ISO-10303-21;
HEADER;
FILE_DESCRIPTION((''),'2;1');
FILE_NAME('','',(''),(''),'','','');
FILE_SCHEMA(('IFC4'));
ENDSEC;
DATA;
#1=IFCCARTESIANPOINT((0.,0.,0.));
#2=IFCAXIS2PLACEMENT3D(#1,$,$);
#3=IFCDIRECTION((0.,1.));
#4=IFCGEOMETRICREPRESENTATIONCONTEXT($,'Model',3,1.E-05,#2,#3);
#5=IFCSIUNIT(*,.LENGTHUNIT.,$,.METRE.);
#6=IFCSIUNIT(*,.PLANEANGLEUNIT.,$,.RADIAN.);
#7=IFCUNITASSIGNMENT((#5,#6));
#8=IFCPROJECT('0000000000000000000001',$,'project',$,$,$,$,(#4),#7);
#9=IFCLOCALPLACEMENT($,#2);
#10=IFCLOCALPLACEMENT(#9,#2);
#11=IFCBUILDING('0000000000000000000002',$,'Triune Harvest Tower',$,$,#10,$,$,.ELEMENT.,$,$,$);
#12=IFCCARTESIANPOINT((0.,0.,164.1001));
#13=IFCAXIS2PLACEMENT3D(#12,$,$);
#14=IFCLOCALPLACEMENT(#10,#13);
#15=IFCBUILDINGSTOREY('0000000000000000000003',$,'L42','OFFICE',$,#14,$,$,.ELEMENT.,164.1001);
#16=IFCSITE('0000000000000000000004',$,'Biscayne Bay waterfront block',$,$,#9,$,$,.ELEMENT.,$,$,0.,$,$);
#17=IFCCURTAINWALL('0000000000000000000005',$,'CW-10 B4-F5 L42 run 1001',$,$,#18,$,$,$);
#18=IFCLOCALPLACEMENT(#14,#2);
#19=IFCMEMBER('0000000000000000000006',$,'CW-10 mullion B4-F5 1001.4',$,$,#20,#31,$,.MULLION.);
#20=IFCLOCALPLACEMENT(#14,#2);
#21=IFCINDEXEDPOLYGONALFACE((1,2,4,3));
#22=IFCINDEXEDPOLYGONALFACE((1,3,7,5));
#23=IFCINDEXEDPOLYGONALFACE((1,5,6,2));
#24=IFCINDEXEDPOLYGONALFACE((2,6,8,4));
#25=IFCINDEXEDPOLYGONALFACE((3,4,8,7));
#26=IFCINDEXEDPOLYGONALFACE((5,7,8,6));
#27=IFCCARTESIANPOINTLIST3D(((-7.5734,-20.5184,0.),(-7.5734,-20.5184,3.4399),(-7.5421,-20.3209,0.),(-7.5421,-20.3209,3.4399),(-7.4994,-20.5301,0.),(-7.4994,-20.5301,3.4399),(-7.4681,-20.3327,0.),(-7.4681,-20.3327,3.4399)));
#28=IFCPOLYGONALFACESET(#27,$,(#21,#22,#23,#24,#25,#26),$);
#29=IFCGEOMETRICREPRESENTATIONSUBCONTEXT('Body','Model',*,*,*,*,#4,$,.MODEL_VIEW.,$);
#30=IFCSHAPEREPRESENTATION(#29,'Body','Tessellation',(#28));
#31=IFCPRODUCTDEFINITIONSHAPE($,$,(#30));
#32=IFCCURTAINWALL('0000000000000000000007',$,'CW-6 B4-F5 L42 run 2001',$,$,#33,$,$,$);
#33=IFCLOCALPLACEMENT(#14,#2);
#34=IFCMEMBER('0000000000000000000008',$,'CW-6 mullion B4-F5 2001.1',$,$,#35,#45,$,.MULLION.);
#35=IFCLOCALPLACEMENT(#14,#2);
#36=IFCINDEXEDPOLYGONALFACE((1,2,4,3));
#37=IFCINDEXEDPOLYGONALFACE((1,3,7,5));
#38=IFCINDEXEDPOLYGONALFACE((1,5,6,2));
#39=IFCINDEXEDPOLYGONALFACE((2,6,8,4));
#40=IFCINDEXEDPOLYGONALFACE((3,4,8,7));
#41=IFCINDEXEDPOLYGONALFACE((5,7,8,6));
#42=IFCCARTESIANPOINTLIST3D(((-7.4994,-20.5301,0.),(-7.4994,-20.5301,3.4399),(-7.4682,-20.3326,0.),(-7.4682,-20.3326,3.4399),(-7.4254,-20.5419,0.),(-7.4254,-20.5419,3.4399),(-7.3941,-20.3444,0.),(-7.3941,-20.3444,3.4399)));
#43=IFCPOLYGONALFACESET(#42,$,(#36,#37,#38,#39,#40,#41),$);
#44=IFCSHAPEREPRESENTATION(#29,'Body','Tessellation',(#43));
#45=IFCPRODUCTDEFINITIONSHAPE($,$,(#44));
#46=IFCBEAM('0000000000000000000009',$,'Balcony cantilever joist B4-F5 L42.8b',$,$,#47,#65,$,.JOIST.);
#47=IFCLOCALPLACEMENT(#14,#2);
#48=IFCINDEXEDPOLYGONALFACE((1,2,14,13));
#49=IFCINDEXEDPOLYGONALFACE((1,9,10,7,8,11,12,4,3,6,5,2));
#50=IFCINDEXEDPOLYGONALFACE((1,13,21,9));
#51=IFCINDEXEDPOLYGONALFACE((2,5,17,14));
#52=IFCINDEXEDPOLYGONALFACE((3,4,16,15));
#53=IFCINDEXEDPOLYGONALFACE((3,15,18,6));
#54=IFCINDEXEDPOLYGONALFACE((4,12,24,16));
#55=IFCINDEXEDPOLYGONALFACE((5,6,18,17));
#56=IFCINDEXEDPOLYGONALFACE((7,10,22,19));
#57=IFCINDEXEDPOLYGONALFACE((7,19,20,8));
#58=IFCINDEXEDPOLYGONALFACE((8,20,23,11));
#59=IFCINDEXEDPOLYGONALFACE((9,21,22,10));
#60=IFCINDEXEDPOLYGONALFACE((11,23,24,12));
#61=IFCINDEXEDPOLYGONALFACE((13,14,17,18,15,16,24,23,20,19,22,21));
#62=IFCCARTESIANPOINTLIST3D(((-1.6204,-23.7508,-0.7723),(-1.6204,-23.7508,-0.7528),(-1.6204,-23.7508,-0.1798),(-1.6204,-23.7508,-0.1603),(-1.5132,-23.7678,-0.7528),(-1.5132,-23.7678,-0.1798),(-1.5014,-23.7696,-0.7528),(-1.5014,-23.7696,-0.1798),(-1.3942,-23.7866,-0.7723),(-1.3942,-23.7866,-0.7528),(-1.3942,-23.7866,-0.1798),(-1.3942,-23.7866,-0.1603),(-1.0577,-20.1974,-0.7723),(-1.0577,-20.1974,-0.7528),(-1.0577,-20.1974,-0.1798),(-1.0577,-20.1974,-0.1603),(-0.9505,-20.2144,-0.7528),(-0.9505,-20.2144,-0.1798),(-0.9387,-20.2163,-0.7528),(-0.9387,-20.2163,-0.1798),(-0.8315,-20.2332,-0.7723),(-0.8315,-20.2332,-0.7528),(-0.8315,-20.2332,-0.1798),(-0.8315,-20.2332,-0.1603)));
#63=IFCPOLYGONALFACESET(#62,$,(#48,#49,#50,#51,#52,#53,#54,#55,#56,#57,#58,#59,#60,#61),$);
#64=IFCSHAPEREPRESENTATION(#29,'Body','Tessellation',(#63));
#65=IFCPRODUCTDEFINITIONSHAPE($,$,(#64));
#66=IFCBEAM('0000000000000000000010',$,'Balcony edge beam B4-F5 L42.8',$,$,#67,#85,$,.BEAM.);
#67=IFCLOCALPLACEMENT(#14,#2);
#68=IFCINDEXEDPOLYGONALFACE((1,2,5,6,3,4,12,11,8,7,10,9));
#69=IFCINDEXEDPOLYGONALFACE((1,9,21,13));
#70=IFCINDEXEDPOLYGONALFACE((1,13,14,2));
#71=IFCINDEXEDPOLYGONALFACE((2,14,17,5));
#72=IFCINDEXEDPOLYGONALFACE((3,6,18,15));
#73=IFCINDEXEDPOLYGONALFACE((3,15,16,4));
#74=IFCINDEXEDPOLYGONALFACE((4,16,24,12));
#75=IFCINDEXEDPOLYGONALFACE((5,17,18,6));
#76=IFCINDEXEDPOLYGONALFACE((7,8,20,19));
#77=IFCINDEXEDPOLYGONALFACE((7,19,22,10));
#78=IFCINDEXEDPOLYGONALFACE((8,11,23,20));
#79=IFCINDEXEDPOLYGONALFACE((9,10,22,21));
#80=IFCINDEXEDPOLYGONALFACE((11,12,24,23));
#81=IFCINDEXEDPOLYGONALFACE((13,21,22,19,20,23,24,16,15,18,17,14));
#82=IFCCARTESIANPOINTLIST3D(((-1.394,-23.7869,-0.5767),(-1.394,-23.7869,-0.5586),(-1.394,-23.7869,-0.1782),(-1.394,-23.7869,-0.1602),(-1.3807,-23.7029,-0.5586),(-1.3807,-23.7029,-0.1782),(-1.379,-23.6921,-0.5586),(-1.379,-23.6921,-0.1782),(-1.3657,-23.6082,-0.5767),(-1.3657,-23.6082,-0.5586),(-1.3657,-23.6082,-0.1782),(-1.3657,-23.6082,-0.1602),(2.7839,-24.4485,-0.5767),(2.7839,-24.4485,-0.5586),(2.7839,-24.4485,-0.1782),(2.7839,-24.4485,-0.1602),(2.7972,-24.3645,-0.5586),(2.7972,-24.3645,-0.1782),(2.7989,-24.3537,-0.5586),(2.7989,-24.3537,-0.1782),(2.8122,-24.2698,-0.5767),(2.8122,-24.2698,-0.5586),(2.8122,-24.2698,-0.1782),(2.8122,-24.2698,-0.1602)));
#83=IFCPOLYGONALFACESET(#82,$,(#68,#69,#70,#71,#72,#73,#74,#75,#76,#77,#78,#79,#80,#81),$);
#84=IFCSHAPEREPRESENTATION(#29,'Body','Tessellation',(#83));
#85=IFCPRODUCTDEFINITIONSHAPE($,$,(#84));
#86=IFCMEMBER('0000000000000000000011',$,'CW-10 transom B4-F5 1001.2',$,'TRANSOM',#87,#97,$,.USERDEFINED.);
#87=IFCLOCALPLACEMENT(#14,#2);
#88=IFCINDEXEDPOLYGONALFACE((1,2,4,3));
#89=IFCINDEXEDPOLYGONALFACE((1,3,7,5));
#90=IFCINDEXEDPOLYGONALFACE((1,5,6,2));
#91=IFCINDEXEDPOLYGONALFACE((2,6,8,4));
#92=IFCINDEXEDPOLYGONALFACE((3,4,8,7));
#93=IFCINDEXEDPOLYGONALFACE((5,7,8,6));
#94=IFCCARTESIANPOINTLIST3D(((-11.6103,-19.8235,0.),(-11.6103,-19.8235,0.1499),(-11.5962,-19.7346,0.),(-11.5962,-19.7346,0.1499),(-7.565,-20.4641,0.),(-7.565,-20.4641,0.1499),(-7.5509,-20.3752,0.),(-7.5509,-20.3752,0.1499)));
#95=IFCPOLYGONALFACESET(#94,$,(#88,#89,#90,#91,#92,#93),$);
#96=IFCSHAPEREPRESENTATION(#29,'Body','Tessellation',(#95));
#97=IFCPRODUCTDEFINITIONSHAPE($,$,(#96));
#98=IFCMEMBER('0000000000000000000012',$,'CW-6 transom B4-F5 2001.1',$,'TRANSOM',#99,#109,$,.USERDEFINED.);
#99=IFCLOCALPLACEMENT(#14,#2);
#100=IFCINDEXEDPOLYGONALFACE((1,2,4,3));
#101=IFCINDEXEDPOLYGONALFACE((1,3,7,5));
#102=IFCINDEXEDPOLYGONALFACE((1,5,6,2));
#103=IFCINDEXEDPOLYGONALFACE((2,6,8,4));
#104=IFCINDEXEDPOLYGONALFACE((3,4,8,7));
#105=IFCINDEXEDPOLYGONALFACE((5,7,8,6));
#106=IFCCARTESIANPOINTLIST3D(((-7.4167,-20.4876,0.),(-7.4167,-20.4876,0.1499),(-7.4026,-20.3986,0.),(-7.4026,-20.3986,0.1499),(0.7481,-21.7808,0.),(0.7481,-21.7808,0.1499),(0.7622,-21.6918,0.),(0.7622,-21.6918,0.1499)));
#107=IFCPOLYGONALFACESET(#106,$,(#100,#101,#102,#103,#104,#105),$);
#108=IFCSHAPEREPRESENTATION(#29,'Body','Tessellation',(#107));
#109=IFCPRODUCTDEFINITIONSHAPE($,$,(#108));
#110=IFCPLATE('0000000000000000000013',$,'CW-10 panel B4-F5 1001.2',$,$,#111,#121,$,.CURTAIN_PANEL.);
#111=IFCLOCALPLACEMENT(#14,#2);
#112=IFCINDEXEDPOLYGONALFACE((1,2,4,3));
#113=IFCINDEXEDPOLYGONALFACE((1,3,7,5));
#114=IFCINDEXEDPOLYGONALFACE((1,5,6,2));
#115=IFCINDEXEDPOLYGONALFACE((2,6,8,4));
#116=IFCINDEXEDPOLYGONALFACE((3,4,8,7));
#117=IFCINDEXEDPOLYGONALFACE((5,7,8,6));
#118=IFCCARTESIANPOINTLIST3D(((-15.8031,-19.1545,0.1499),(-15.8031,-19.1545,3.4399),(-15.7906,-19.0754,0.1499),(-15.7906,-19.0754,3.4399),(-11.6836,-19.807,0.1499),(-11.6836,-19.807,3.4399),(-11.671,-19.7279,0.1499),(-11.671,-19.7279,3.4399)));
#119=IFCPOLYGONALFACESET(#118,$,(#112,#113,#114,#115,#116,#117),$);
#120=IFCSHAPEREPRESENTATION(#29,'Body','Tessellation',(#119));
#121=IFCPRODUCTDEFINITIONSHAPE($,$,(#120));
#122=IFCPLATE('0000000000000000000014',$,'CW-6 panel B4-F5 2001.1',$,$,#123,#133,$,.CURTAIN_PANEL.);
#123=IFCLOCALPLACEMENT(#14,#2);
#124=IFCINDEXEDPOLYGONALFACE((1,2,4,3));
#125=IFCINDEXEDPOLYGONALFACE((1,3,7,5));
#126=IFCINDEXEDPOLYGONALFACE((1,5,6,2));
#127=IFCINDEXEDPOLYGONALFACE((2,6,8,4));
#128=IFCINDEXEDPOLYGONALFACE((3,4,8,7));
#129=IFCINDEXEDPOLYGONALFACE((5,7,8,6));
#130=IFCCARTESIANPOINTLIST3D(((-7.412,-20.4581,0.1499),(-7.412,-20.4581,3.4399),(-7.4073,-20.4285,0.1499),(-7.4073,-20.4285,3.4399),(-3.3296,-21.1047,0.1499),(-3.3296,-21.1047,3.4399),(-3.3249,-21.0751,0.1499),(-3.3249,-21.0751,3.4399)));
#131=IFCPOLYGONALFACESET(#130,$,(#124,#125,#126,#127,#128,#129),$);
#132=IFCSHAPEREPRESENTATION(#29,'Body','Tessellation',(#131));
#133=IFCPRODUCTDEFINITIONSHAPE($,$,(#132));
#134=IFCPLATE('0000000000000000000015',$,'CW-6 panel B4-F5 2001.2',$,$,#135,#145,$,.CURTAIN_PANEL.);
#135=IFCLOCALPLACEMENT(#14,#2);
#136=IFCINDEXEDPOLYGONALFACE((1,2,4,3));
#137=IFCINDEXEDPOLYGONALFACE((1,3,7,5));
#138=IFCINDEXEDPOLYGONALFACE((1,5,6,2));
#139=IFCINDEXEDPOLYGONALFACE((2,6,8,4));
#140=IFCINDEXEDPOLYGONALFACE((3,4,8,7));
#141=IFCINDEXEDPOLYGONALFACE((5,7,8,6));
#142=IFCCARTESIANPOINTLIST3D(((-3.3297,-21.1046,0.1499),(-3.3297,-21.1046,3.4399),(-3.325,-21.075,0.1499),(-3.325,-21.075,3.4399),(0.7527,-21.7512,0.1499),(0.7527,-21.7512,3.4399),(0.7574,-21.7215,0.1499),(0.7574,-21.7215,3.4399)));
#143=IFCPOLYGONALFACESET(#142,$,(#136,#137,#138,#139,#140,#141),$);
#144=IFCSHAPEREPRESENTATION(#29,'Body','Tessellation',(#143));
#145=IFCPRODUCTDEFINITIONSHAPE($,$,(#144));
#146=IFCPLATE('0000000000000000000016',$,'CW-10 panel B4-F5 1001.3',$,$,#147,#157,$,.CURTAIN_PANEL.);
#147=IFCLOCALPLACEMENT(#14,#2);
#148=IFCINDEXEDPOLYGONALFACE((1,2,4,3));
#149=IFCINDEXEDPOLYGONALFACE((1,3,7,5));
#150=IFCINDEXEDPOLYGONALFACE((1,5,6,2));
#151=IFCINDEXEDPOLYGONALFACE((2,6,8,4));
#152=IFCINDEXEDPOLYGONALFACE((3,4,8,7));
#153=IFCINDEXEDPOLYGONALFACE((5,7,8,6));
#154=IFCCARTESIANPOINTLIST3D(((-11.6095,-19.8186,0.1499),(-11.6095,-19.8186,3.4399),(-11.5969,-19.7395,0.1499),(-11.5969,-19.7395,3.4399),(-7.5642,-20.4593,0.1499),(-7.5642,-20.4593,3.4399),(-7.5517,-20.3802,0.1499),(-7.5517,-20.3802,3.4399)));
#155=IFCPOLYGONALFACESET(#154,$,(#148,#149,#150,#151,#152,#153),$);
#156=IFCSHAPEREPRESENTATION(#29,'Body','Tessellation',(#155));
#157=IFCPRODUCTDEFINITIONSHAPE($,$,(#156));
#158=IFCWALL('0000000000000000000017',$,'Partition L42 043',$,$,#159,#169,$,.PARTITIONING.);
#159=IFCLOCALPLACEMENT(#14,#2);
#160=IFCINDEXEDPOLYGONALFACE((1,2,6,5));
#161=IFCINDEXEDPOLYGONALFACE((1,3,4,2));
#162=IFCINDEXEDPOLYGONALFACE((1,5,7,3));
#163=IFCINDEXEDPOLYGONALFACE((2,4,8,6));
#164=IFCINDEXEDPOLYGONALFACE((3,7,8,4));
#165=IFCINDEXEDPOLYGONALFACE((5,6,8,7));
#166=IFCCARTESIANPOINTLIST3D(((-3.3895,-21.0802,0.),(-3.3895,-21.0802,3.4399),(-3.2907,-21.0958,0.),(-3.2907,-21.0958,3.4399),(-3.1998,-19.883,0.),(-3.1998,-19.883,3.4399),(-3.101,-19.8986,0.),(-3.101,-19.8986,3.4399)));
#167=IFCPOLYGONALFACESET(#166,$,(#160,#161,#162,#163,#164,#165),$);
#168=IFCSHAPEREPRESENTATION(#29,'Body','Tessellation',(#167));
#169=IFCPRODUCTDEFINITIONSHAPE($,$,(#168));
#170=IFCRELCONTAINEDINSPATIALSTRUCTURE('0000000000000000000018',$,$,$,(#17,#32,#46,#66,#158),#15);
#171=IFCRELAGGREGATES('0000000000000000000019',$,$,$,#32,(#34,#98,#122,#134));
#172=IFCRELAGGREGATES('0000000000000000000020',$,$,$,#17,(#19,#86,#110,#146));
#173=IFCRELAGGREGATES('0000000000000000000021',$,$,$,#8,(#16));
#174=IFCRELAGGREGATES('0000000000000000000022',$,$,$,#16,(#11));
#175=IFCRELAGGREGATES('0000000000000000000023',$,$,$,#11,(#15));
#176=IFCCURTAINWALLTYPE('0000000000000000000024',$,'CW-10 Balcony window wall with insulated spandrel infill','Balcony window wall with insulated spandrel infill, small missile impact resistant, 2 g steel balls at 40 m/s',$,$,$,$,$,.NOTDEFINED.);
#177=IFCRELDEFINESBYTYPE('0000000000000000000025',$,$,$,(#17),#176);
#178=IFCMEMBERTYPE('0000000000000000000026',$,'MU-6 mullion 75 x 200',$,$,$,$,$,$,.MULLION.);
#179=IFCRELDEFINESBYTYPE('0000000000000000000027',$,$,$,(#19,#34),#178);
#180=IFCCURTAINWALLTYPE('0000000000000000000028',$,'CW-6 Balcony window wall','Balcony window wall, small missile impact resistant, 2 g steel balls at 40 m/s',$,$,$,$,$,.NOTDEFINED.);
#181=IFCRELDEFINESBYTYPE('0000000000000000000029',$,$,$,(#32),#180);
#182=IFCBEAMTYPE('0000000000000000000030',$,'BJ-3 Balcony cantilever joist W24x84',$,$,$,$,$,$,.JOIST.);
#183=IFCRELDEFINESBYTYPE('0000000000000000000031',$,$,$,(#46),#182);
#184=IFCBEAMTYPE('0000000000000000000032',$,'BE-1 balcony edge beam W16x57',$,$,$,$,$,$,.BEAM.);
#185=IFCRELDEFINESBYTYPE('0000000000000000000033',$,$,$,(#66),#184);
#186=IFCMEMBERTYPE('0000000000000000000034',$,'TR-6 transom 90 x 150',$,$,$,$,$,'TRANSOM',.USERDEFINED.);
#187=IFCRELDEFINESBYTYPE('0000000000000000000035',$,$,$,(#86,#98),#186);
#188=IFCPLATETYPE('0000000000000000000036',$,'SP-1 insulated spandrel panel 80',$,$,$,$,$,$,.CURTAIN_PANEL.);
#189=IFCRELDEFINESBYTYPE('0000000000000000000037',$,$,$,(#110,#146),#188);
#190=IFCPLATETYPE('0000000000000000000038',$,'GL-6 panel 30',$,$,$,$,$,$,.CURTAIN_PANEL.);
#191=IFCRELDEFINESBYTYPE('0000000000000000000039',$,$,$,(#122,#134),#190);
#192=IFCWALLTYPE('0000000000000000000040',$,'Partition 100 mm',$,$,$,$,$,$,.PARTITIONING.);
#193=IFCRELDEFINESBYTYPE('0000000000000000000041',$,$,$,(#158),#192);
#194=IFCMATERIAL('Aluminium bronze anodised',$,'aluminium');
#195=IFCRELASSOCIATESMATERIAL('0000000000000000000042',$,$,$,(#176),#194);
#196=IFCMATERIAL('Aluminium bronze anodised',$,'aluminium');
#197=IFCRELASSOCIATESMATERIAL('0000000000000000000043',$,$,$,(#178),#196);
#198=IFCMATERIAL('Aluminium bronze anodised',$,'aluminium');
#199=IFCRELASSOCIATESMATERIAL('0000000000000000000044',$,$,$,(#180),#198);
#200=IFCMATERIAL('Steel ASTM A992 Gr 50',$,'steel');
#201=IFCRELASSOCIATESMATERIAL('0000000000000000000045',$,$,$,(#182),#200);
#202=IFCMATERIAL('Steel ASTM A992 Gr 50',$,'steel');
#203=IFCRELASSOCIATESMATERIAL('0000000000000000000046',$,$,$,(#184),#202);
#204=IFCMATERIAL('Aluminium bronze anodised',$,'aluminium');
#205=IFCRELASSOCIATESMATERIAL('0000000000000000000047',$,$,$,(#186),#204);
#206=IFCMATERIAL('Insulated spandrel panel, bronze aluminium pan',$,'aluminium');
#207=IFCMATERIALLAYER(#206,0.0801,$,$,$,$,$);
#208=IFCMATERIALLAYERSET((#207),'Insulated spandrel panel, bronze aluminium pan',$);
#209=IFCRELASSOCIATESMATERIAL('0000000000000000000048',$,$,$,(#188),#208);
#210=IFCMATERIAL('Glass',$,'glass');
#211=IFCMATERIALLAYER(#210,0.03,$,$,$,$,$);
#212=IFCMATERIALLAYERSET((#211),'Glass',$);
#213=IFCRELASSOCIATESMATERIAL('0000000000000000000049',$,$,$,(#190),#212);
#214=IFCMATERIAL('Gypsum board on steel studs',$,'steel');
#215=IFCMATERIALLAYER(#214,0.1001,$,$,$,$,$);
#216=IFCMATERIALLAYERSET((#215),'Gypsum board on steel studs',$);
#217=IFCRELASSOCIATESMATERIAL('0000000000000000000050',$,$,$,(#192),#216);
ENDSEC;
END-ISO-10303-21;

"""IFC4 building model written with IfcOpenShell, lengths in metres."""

from ifc_helpers import new_model, si_unit, direction, frame, frame_2d, origin, origin_2d, place, context, subcontext, project, spatial, rectangle, i_section, extrude, source, transform, mapped, material, layer, layer_set, material_profile, profile_set, type_object, element, aggregate, save


model = new_model("IFC4")

# Units and contexts
model_context = context("Model", 3, precision=1e-05, world=origin(), true_north=direction((0.0, 1.0)))
body_context = subcontext(model_context, "Body", "Model", "MODEL_VIEW")
ifc_project = project(units=[si_unit("LENGTHUNIT", "METRE"), si_unit("PLANEANGLEUNIT", "RADIAN")], contexts=[model_context])

# Site, building, storey
site_placement = place(None, origin())
site = spatial("IfcSite", under=ifc_project, at=site_placement, Name="Biscayne Bay waterfront block", CompositionType="ELEMENT", RefElevation=0.0)
building_placement = place(site_placement, origin())
building = spatial("IfcBuilding", under=site, at=building_placement, Name="Triune Harvest Tower", CompositionType="ELEMENT")
storey_placement = place(building_placement, frame((0.0, 0.0, 164.1001)))
storey = spatial("IfcBuildingStorey", under=building, at=storey_placement, Name="L42", Description="OFFICE", CompositionType="ELEMENT", Elevation=164.1001)

# Curtain wall, member
ifc_material_1 = material(Name="Aluminium bronze anodised", Category="aluminium")
curtain_wall_type_1 = type_object("IfcCurtainWallType", Name="CW-10 Balcony window wall with insulated spandrel infill", Description="Balcony window wall with insulated spandrel infill, small missile impact resistant, 2 g steel balls at 40 m/s", PredefinedType="NOTDEFINED", material=ifc_material_1)
curtain_wall_1_placement = place(storey_placement, origin())
curtain_wall_1 = element("IfcCurtainWall", 1, at=curtain_wall_1_placement, inside=storey, type_object=curtain_wall_type_1, Name="CW-10 B4-F5 L42 run 1001")
ifc_material_2 = material(Name="Aluminium bronze anodised", Category="aluminium")
ifc_material_profile_1 = material_profile(ifc_material_2, rectangle(XDim=0.2, YDim=0.075, at=origin_2d()), Name="MU-6 mullion 75 x 200")
ifc_profile_set_1 = profile_set([ifc_material_profile_1], Name="Aluminium bronze anodised")
member_type_1 = type_object("IfcMemberType", Name="MU-6 mullion 75 x 200", PredefinedType="MULLION", material=ifc_profile_set_1)
shared_shape_1 = source(origin(), body_context, "Body", "SweptSolid", [
    extrude(rectangle(XDim=0.2, YDim=0.075, at=origin_2d()), origin(), (0.0, 0.0, 1.0), 3.4399),
])
member_1_placement = place(storey_placement, frame((-7.5208, -20.4255, 0.0), z_axis=(0.0, 0.0, 1.0), x_axis=(0.156438, 0.987688, 0.0)))
member_1 = element("IfcMember", 2, at=member_1_placement, type_object=member_type_1, Name="CW-10 mullion B4-F5 1001.4", PredefinedType="MULLION", context=body_context, shape_type="MappedRepresentation", body=[
    mapped(shared_shape_1, transform((0.0, 0.0, 0.0), scale=1.0)),
])

# Curtain wall, member
ifc_material_3 = material(Name="Aluminium bronze anodised", Category="aluminium")
curtain_wall_type_2 = type_object("IfcCurtainWallType", Name="CW-6 Balcony window wall", Description="Balcony window wall, small missile impact resistant, 2 g steel balls at 40 m/s", PredefinedType="NOTDEFINED", material=ifc_material_3)
curtain_wall_2_placement = place(storey_placement, origin())
curtain_wall_2 = element("IfcCurtainWall", 3, at=curtain_wall_2_placement, inside=storey, type_object=curtain_wall_type_2, Name="CW-6 B4-F5 L42 run 2001")
member_2_placement = place(storey_placement, frame((-7.4468, -20.4373, 0.0), z_axis=(0.0, 0.0, 1.0), x_axis=(0.156433, 0.987689, 0.0)))
member_2 = element("IfcMember", 4, at=member_2_placement, type_object=member_type_1, Name="CW-6 mullion B4-F5 2001.1", PredefinedType="MULLION", context=body_context, shape_type="MappedRepresentation", body=[
    mapped(shared_shape_1, transform((0.0, 0.0, 0.0), scale=1.0)),
])

# Beams
ifc_material_4 = material(Name="Steel ASTM A992 Gr 50", Category="steel")
ifc_material_profile_2 = material_profile(ifc_material_4, i_section(OverallWidth=0.229, OverallDepth=0.6121, WebThickness=0.012, FlangeThickness=0.0195, at=origin_2d()), Name="W24x84")
ifc_profile_set_2 = profile_set([ifc_material_profile_2], Name="Steel ASTM A992 Gr 50")
beam_type_1 = type_object("IfcBeamType", Name="BJ-3 Balcony cantilever joist W24x84", PredefinedType="JOIST", material=ifc_profile_set_2)
shared_shape_2 = source(origin(), body_context, "Body", "SweptSolid", [
    extrude(i_section(OverallWidth=0.229, OverallDepth=0.6121, WebThickness=0.012, FlangeThickness=0.0195, at=origin_2d()), origin(), (0.0, 0.0, 1.0), 3.5977),
])
beam_1_placement = place(storey_placement, frame((-0.9446, -20.2153, -0.4663), z_axis=(-0.156416, -0.987691, 0.0), x_axis=(0.987691, -0.156416, 0.0)))
element("IfcBeam", 5, at=beam_1_placement, inside=storey, type_object=beam_type_1, Name="Balcony cantilever joist B4-F5 L42.8b", PredefinedType="JOIST", context=body_context, shape_type="MappedRepresentation", body=[
    mapped(shared_shape_2, transform((0.0, 0.0, 0.0), scale=1.0)),
])
ifc_material_5 = material(Name="Steel ASTM A992 Gr 50", Category="steel")
ifc_material_profile_3 = material_profile(ifc_material_5, i_section(OverallWidth=0.1809, OverallDepth=0.4165, WebThickness=0.011, FlangeThickness=0.0181, at=origin_2d()), Name="W16x57")
ifc_profile_set_3 = profile_set([ifc_material_profile_3], Name="Steel ASTM A992 Gr 50")
beam_type_2 = type_object("IfcBeamType", Name="BE-1 balcony edge beam W16x57", PredefinedType="BEAM", material=ifc_profile_set_3)
shared_shape_3 = source(origin(), body_context, "Body", "SweptSolid", [
    extrude(i_section(OverallWidth=0.1809, OverallDepth=0.4165, WebThickness=0.011, FlangeThickness=0.0181, at=origin_2d()), origin(), (0.0, 0.0, 1.0), 4.23),
])
beam_2_placement = place(storey_placement, frame((-1.3799, -23.6975, -0.3684), z_axis=(0.987692, -0.15641, 0.0), x_axis=(0.15641, 0.987692, 0.0)))
element("IfcBeam", 6, at=beam_2_placement, inside=storey, type_object=beam_type_2, Name="Balcony edge beam B4-F5 L42.8", PredefinedType="BEAM", context=body_context, shape_type="MappedRepresentation", body=[
    mapped(shared_shape_3, transform((0.0, 0.0, 0.0), scale=1.0)),
])

# Members
ifc_material_6 = material(Name="Aluminium bronze anodised", Category="aluminium")
ifc_material_profile_4 = material_profile(ifc_material_6, rectangle(XDim=0.0901, YDim=0.1499, at=origin_2d()), Name="TR-6 transom 90 x 150")
ifc_profile_set_4 = profile_set([ifc_material_profile_4], Name="Aluminium bronze anodised")
member_type_2 = type_object("IfcMemberType", Name="TR-6 transom 90 x 150", ElementType="TRANSOM", PredefinedType="USERDEFINED", material=ifc_profile_set_4)
shared_shape_4 = source(origin(), body_context, "Body", "SweptSolid", [
    extrude(rectangle(XDim=0.0901, YDim=0.1499, at=origin_2d()), origin(), (0.0, 0.0, 1.0), 4.0957),
])
member_3_placement = place(storey_placement, frame((-11.6033, -19.7791, 0.075), z_axis=(0.987692, -0.156409, 0.0), x_axis=(0.156409, 0.987692, 0.0)))
member_3 = element("IfcMember", 7, at=member_3_placement, type_object=member_type_2, Name="CW-10 transom B4-F5 1001.2", ObjectType="TRANSOM", PredefinedType="USERDEFINED", context=body_context, shape_type="MappedRepresentation", body=[
    mapped(shared_shape_4, transform((0.0, 0.0, 0.0), scale=1.0)),
])
shared_shape_5 = source(origin(), body_context, "Body", "SweptSolid", [
    extrude(rectangle(XDim=0.0901, YDim=0.1499, at=origin_2d()), origin(), (0.0, 0.0, 1.0), 8.2666),
])
member_4_placement = place(storey_placement, frame((-7.4097, -20.4431, 0.075), z_axis=(0.987688, -0.156439, 0.0), x_axis=(0.156439, 0.987688, 0.0)))
member_4 = element("IfcMember", 8, at=member_4_placement, type_object=member_type_2, Name="CW-6 transom B4-F5 2001.1", ObjectType="TRANSOM", PredefinedType="USERDEFINED", context=body_context, shape_type="MappedRepresentation", body=[
    mapped(shared_shape_5, transform((0.0, 0.0, 0.0), scale=1.0)),
])

# Plates
ifc_material_7 = material(Name="Insulated spandrel panel, bronze aluminium pan", Category="aluminium")
ifc_layer_1 = layer(ifc_material_7, 0.0801)
ifc_layer_set_1 = layer_set([ifc_layer_1], Name="Insulated spandrel panel, bronze aluminium pan")
plate_type_1 = type_object("IfcPlateType", Name="SP-1 insulated spandrel panel 80", PredefinedType="CURTAIN_PANEL", material=ifc_layer_set_1)
plate_1_placement = place(storey_placement, frame((-13.7371, -19.4412, 0.1499), z_axis=(0.0, 0.0, 1.0), x_axis=(0.987688, -0.156438, 0.0)))
plate_1 = element("IfcPlate", 9, at=plate_1_placement, type_object=plate_type_1, Name="CW-10 panel B4-F5 1001.2", PredefinedType="CURTAIN_PANEL", context=body_context, shape_type="SweptSolid", body=[
    extrude(rectangle(XDim=4.1709, YDim=0.0801, at=origin_2d()), origin(), (0.0, 0.0, 1.0), 3.29),
])
ifc_material_8 = material(Name="Glass", Category="glass")
ifc_layer_2 = layer(ifc_material_8, 0.03)
ifc_layer_set_2 = layer_set([ifc_layer_2], Name="Glass")
plate_type_2 = type_object("IfcPlateType", Name="GL-6 panel 30", PredefinedType="CURTAIN_PANEL", material=ifc_layer_set_2)
shared_shape_6 = source(origin(), body_context, "Body", "SweptSolid", [
    extrude(rectangle(XDim=4.1333, YDim=0.03, at=origin_2d()), origin(), (0.0, 0.0, 1.0), 3.29),
])
plate_2_placement = place(storey_placement, frame((-5.3684, -20.7666, 0.1499), z_axis=(0.0, 0.0, 1.0), x_axis=(0.987689, -0.156433, 0.0)))
plate_2 = element("IfcPlate", 10, at=plate_2_placement, type_object=plate_type_2, Name="CW-6 panel B4-F5 2001.1", PredefinedType="CURTAIN_PANEL", context=body_context, shape_type="MappedRepresentation", body=[
    mapped(shared_shape_6, transform((0.0, 0.0, 0.0), scale=1.0)),
])
plate_3_placement = place(storey_placement, frame((-1.2861, -21.4131, 0.1499), z_axis=(0.0, 0.0, 1.0), x_axis=(0.987689, -0.156433, 0.0)))
plate_3 = element("IfcPlate", 11, at=plate_3_placement, type_object=plate_type_2, Name="CW-6 panel B4-F5 2001.2", PredefinedType="CURTAIN_PANEL", context=body_context, shape_type="MappedRepresentation", body=[
    mapped(shared_shape_6, transform((0.0, 0.0, 0.0), scale=1.0)),
])
aggregate(curtain_wall_2, [member_2, member_4, plate_2, plate_3])
shared_shape_7 = source(origin(), body_context, "Body", "SweptSolid", [
    extrude(rectangle(XDim=4.0957, YDim=0.0801, at=origin_2d()), origin(), (0.0, 0.0, 1.0), 3.29),
])
plate_4_placement = place(storey_placement, frame((-9.5806, -20.0994, 0.1499), z_axis=(0.0, 0.0, 1.0), x_axis=(0.987688, -0.156438, 0.0)))
plate_4 = element("IfcPlate", 12, at=plate_4_placement, type_object=plate_type_1, Name="CW-10 panel B4-F5 1001.3", PredefinedType="CURTAIN_PANEL", context=body_context, shape_type="MappedRepresentation", body=[
    mapped(shared_shape_7, transform((0.0, 0.0, 0.0), scale=1.0)),
])
aggregate(curtain_wall_1, [member_1, member_3, plate_1, plate_4])

# Wall
ifc_material_9 = material(Name="Gypsum board on steel studs", Category="steel")
ifc_layer_3 = layer(ifc_material_9, 0.1001)
ifc_layer_set_3 = layer_set([ifc_layer_3], Name="Gypsum board on steel studs")
wall_type = type_object("IfcWallType", Name="Partition 100 mm", PredefinedType="PARTITIONING", material=ifc_layer_set_3)
shared_shape_8 = source(origin(), body_context, "Body", "SweptSolid", [
    extrude(rectangle(XDim=1.2122, YDim=0.1001, at=frame_2d((0.606, 0.0))), origin(), (0.0, 0.0, 1.0), 3.4399),
])
wall_1_placement = place(storey_placement, frame((-3.3401, -21.0879, 0.0), z_axis=(0.0, 0.0, 1.0), x_axis=(0.15649, 0.98768, 0.0)))
element("IfcWall", 13, at=wall_1_placement, inside=storey, type_object=wall_type, Name="Partition L42 043", PredefinedType="PARTITIONING", context=body_context, shape_type="MappedRepresentation", body=[
    mapped(shared_shape_8, transform((0.0, 0.0, 0.0), scale=1.0)),
])

save(model, "model.ifc")
